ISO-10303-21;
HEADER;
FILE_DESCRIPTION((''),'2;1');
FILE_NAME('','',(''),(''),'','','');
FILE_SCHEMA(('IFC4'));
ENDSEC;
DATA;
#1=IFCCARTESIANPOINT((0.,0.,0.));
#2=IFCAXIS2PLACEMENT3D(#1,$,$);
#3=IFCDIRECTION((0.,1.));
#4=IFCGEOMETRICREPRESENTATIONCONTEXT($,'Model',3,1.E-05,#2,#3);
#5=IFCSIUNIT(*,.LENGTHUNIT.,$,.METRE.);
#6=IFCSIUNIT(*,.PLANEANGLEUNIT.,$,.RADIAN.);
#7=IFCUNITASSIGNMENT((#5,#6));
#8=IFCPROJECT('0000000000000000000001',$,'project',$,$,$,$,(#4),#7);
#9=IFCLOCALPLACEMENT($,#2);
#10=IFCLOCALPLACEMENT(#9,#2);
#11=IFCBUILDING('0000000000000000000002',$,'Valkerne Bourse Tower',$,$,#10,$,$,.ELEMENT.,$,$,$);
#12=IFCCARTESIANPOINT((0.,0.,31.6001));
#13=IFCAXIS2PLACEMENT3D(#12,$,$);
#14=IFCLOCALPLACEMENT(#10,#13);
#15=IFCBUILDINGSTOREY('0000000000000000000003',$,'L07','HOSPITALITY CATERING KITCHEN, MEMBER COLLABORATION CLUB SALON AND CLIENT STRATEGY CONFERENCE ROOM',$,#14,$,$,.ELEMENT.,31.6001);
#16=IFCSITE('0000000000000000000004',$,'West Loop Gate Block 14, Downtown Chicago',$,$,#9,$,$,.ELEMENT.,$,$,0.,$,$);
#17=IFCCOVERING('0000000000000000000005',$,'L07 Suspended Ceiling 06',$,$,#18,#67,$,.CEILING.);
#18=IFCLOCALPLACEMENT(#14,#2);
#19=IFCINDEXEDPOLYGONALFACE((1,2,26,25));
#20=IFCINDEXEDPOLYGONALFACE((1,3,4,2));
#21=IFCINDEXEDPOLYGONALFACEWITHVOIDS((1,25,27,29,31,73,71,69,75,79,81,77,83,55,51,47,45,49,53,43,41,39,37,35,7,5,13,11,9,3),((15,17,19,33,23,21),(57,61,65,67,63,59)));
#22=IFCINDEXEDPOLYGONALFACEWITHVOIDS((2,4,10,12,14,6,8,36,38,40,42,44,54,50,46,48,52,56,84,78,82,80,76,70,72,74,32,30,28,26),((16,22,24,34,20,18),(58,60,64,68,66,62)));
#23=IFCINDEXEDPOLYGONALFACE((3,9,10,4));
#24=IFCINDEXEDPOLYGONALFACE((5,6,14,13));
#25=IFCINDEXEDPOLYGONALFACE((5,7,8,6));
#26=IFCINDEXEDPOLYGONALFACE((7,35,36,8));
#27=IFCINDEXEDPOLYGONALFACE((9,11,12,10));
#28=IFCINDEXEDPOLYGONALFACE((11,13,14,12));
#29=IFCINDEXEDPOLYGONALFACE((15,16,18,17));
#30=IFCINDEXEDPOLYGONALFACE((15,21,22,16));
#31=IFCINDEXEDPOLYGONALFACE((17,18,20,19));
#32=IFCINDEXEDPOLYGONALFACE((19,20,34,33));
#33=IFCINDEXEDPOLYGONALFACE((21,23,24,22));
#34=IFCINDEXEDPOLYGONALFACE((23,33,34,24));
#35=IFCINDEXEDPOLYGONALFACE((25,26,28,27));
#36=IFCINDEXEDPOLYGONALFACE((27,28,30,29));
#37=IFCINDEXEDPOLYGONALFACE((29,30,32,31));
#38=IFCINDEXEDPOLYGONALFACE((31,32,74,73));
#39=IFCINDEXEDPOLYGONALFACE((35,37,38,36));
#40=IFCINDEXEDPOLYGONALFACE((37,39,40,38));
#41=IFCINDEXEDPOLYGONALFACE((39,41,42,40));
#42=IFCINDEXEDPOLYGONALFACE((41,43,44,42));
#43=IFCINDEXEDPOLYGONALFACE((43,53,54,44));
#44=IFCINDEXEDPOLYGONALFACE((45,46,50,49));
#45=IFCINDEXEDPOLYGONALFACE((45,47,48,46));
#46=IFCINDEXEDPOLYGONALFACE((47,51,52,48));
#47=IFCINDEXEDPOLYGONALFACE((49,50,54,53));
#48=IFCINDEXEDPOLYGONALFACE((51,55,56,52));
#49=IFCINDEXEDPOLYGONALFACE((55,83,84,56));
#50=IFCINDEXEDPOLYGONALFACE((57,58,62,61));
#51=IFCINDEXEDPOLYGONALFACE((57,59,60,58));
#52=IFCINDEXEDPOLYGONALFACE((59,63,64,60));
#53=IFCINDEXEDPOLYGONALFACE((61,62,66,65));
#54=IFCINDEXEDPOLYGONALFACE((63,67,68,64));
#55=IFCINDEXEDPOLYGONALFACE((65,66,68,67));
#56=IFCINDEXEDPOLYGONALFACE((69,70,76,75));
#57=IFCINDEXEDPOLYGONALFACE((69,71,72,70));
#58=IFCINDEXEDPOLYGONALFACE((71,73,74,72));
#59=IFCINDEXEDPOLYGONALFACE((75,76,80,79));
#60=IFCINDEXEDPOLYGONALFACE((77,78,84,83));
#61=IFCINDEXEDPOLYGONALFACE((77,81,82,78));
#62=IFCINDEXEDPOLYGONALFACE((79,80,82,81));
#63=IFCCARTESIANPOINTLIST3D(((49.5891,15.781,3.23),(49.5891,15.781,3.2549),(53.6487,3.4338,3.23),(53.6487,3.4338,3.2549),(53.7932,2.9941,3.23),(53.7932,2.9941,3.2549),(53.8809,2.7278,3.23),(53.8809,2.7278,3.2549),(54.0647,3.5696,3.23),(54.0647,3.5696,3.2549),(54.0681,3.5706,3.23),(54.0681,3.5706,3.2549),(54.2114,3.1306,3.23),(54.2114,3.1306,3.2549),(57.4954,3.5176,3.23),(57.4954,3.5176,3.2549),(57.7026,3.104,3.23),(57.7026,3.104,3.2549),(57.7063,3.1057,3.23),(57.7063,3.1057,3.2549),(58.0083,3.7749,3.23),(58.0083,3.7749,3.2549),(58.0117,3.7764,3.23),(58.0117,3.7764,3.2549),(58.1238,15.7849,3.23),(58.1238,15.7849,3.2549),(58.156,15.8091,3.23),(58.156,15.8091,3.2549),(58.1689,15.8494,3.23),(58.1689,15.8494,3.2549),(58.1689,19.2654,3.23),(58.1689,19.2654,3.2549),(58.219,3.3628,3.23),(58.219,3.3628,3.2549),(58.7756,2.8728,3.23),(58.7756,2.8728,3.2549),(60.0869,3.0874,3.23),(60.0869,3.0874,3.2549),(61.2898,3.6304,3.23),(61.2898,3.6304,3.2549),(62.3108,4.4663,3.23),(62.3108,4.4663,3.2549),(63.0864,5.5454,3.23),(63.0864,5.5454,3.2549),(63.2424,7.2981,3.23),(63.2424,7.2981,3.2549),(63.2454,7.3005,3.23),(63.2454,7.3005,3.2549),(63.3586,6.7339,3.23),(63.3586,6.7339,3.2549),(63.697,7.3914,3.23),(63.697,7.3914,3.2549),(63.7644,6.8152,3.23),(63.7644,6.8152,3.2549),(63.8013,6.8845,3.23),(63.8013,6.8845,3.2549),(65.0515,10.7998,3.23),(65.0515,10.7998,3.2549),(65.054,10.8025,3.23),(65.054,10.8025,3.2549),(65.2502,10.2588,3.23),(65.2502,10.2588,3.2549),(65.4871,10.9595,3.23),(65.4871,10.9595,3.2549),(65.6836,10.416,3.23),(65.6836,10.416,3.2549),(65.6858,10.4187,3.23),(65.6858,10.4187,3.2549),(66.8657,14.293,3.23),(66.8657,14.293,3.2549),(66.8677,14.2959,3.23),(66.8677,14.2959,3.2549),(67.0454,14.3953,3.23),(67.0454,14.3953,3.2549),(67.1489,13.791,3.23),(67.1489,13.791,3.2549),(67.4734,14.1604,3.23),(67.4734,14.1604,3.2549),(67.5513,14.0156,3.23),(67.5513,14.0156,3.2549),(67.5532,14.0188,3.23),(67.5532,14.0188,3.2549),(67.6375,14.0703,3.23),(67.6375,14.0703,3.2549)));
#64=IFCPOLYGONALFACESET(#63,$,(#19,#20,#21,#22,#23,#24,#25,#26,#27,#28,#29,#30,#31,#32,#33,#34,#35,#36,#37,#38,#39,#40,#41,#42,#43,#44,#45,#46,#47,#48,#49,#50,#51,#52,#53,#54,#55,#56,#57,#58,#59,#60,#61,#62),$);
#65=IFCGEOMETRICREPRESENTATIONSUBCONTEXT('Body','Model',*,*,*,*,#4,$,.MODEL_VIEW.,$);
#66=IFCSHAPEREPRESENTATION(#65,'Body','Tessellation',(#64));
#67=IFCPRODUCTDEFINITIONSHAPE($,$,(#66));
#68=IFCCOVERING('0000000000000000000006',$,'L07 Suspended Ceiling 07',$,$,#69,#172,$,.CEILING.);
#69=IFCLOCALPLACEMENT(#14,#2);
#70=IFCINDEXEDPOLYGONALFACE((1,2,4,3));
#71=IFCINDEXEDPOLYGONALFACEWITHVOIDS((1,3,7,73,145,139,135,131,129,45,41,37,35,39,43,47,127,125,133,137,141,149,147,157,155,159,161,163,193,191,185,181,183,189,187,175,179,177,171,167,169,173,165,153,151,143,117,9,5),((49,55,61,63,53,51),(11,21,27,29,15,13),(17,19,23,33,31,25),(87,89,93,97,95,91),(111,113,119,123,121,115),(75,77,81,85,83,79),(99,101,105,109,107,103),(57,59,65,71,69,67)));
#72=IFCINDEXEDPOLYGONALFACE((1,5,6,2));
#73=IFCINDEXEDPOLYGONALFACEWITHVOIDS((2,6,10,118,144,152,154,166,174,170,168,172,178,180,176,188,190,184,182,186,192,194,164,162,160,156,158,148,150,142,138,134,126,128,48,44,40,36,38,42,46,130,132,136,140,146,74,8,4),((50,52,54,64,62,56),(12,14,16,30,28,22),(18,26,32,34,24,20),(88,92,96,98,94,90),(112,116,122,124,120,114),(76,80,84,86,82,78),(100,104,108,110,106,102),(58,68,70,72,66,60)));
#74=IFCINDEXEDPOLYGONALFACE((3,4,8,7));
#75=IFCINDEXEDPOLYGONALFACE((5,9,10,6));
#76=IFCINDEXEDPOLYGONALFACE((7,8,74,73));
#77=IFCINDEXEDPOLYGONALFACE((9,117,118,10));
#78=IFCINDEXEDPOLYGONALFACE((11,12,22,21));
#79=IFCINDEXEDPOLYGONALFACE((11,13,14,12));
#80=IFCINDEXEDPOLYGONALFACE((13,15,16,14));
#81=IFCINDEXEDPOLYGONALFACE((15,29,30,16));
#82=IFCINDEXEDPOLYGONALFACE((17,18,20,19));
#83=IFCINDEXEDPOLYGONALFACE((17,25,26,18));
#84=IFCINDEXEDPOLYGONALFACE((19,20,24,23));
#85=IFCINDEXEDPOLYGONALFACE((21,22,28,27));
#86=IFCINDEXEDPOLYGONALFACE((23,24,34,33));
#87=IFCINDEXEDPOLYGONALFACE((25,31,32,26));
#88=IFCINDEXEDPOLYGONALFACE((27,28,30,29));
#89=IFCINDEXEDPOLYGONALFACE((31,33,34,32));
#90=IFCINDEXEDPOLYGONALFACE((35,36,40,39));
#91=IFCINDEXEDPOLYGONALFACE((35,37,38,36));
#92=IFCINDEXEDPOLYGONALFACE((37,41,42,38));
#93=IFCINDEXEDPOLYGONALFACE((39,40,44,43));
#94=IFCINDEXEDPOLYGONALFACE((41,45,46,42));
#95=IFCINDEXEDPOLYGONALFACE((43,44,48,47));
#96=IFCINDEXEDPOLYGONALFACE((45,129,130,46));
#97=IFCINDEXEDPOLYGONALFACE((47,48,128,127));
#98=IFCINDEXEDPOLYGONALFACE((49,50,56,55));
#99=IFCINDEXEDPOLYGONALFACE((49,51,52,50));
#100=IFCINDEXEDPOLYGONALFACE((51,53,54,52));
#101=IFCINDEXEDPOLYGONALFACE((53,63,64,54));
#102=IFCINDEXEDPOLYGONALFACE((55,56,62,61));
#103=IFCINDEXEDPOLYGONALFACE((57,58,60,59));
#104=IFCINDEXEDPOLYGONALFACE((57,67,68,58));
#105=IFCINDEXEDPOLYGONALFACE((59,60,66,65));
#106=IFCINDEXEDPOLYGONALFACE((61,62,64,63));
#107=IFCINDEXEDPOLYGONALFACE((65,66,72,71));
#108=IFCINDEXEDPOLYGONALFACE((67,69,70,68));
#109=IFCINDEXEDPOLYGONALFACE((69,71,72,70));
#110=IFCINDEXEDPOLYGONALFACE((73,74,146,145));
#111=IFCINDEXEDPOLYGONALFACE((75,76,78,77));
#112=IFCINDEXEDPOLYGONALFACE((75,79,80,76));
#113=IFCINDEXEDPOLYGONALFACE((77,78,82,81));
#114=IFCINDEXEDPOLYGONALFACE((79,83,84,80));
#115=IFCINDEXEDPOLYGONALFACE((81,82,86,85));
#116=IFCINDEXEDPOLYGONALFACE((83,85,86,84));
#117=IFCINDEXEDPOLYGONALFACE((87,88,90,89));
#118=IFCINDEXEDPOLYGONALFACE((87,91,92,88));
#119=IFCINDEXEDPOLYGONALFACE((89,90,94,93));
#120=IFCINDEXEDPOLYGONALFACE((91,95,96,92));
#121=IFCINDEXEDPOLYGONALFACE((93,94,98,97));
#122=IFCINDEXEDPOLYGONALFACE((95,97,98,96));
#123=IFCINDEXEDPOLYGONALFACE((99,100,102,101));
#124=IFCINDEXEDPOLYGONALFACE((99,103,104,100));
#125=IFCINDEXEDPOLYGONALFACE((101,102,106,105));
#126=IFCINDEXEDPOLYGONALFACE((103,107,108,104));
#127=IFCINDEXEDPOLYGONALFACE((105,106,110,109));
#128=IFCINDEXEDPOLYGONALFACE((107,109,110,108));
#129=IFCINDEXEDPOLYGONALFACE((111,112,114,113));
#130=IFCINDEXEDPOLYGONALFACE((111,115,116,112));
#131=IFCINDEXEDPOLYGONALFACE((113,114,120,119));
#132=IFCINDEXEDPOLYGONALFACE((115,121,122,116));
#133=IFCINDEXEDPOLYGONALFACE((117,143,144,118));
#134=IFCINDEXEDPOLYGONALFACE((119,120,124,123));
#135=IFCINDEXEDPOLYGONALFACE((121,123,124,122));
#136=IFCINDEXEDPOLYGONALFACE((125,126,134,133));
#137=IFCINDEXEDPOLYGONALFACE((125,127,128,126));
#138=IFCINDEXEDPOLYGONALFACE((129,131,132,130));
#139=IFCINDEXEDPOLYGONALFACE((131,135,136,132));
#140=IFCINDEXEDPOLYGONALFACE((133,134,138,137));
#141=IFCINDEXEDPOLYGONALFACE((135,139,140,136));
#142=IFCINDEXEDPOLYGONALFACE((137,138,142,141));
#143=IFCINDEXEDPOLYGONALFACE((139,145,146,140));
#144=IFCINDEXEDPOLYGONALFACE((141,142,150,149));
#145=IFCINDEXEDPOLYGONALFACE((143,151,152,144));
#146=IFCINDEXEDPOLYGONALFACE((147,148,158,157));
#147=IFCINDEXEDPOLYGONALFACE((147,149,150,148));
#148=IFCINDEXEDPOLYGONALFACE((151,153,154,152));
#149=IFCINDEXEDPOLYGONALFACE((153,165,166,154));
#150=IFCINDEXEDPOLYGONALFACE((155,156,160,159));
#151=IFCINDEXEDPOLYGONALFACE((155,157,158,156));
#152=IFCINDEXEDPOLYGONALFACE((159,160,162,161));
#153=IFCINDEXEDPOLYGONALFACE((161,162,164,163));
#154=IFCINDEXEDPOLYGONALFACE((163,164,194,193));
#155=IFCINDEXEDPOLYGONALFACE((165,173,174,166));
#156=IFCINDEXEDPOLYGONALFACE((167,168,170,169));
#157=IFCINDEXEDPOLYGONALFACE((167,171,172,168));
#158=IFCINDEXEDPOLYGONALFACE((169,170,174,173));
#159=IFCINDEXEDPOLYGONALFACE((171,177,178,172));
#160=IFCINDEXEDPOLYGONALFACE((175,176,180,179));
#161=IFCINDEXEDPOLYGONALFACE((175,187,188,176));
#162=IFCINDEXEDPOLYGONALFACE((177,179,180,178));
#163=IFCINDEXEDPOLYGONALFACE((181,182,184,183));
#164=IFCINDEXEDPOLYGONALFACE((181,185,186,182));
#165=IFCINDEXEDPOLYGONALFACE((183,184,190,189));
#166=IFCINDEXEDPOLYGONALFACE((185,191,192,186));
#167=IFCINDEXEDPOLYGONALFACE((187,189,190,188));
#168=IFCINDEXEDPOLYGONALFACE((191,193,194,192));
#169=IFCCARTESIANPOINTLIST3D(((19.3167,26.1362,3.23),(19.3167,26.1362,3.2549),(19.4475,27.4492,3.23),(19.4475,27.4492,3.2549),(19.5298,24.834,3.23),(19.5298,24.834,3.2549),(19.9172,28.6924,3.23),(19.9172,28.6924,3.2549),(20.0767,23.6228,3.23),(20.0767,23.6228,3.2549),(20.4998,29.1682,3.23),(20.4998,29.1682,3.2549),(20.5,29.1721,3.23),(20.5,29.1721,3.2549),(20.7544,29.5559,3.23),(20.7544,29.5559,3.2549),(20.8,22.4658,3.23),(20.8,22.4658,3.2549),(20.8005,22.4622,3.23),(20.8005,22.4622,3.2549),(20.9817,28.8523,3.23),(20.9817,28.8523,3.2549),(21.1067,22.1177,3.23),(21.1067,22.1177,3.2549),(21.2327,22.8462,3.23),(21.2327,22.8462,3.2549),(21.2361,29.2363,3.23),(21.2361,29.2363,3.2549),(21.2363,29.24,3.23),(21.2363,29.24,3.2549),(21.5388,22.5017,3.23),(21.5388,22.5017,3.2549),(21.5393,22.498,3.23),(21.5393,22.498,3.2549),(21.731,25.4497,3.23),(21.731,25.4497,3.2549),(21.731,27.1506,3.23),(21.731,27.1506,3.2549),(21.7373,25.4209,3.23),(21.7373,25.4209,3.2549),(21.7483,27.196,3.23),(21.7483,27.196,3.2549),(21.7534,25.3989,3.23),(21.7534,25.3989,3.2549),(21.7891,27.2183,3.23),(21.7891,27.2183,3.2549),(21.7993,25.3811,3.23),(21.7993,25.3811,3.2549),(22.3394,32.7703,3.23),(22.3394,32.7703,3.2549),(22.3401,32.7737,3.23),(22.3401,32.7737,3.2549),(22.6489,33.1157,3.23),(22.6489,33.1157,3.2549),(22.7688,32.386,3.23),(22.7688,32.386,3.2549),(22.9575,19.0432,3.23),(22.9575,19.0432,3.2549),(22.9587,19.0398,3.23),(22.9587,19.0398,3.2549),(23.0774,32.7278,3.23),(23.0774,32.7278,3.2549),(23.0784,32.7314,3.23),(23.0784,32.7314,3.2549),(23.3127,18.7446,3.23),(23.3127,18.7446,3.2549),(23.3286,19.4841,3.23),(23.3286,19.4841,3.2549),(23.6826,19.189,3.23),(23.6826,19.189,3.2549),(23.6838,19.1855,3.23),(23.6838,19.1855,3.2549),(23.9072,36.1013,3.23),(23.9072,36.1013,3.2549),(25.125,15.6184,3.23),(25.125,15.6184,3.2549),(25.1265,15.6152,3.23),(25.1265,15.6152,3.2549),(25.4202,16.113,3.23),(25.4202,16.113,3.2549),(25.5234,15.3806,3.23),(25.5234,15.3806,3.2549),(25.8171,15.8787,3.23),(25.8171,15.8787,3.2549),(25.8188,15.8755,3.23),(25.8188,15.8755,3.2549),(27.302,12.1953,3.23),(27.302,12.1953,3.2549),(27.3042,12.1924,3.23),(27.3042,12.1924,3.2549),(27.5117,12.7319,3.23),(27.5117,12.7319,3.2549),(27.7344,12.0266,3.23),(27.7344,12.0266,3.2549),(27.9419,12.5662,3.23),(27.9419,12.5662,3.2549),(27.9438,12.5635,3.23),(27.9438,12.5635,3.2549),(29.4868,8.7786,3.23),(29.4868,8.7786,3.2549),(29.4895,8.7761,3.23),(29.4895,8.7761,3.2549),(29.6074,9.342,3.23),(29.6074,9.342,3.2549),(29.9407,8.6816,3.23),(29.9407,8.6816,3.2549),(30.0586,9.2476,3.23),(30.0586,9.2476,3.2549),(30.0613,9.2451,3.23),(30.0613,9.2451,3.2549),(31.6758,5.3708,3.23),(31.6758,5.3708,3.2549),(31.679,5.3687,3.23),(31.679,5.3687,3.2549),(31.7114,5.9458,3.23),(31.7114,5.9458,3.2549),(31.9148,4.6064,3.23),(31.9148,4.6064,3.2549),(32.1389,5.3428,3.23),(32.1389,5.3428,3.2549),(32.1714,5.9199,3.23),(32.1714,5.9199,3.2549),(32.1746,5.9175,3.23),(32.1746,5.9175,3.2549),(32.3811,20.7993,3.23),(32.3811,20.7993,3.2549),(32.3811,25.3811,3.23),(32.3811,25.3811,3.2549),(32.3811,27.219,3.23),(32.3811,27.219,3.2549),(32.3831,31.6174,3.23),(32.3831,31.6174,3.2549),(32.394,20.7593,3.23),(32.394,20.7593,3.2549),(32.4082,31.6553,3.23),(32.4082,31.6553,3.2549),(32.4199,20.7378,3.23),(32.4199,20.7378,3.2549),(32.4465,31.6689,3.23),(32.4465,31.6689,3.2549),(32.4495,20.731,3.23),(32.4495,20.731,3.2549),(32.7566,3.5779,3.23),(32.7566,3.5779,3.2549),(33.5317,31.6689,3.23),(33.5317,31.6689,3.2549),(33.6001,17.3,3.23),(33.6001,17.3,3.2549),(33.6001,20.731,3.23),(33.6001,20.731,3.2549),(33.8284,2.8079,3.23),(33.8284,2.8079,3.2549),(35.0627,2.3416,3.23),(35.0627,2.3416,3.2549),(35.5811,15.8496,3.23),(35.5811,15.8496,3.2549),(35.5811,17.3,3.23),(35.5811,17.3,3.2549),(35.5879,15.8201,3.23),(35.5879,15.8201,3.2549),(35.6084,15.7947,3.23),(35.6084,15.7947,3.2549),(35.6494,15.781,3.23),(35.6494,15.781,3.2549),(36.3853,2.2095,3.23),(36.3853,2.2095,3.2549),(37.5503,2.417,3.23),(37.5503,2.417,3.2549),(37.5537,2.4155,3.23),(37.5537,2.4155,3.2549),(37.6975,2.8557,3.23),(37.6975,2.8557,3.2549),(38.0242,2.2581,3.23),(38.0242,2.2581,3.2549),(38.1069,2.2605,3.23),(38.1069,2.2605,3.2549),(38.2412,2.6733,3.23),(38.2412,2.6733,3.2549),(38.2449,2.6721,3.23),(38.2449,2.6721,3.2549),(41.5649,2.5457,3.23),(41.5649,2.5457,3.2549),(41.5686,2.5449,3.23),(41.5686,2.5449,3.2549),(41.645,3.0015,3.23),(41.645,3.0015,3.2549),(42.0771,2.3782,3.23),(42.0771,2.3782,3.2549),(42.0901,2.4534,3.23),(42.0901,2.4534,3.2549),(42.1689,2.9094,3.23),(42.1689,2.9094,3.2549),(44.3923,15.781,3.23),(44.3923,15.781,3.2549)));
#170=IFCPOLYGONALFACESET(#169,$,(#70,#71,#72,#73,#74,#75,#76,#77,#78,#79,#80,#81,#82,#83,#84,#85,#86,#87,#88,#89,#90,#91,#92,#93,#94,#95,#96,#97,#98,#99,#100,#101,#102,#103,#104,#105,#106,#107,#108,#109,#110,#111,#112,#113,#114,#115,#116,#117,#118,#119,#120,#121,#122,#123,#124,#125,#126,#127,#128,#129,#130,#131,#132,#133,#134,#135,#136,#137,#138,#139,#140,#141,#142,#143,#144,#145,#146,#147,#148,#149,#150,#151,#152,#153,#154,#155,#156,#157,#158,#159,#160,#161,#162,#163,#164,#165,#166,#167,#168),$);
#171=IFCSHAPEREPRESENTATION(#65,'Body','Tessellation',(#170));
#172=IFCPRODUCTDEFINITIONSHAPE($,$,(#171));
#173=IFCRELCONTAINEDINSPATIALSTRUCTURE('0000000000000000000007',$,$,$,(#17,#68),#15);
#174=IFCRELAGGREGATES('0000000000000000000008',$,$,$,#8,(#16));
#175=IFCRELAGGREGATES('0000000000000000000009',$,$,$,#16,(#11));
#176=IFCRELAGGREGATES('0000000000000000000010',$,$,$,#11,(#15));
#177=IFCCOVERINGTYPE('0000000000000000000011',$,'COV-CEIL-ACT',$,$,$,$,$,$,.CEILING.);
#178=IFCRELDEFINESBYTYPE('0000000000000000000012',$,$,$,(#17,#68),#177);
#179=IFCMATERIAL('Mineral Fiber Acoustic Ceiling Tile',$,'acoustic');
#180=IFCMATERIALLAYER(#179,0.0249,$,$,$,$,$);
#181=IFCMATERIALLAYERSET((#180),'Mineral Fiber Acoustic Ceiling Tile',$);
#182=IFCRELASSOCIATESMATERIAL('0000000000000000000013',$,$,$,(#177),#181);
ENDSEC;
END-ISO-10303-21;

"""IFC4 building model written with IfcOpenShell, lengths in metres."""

from ifc_helpers import new_model, si_unit, direction, frame, origin, place, context, subcontext, project, spatial, polyline, outline, extrude, material, layer, layer_set, type_object, element, save


model = new_model("IFC4")

# Units and contexts
model_context = context("Model", 3, precision=1e-05, world=origin(), true_north=direction((0.0, 1.0)))
body_context = subcontext(model_context, "Body", "Model", "MODEL_VIEW")
ifc_project = project(units=[si_unit("LENGTHUNIT", "METRE"), si_unit("PLANEANGLEUNIT", "RADIAN")], contexts=[model_context])

# Site, building, storey
site_placement = place(None, origin())
site = spatial("IfcSite", under=ifc_project, at=site_placement, Name="West Loop Gate Block 14, Downtown Chicago", CompositionType="ELEMENT", RefElevation=0.0)
building_placement = place(site_placement, origin())
building = spatial("IfcBuilding", under=site, at=building_placement, Name="Valkerne Bourse Tower", CompositionType="ELEMENT")
storey_placement = place(building_placement, frame((0.0, 0.0, 31.6001)))
storey = spatial("IfcBuildingStorey", under=building, at=storey_placement, Name="L07", Description="HOSPITALITY CATERING KITCHEN, MEMBER COLLABORATION CLUB SALON AND CLIENT STRATEGY CONFERENCE ROOM", CompositionType="ELEMENT", Elevation=31.6001)

# Coverings
ifc_material_1 = material(Name="Mineral Fiber Acoustic Ceiling Tile", Category="acoustic")
ifc_layer_1 = layer(ifc_material_1, 0.0249)
ifc_layer_set_1 = layer_set([ifc_layer_1], Name="Mineral Fiber Acoustic Ceiling Tile")
covering_type_1 = type_object("IfcCoveringType", Name="COV-CEIL-ACT", PredefinedType="CEILING", material=ifc_layer_set_1)
covering_1_placement = place(storey_placement, frame((0.0, 0.0, 3.23)))
element("IfcCovering", 1, at=covering_1_placement, inside=storey, type_object=covering_type_1, Name="L07 Suspended Ceiling 06", PredefinedType="CEILING", context=body_context, shape_type="SweptSolid", body=[
    extrude(outline(polyline([(60.0869, 3.0874), (58.7756, 2.8728), (53.8809, 2.7278), (53.7932, 2.9941), (54.2114, 3.1306), (54.0681, 3.5706), (54.0647, 3.5696), (53.6487, 3.4338), (49.5891, 15.781), (58.1238, 15.7849), (58.156, 15.8091), (58.1689, 15.8494), (58.1689, 19.2654), (67.0454, 14.3953), (66.8677, 14.2959), (66.8657, 14.293), (67.1489, 13.791), (67.5513, 14.0156), (67.5532, 14.0188), (67.4734, 14.1604), (67.6375, 14.0703), (63.8013, 6.8845), (63.697, 7.3914), (63.2454, 7.3005), (63.2424, 7.2981), (63.3586, 6.7339), (63.7644, 6.8152), (63.0864, 5.5454), (62.3108, 4.4663), (61.2898, 3.6304), (60.0869, 3.0874)]), holes=[polyline([(58.219, 3.3628), (58.0117, 3.7764), (58.0083, 3.7749), (57.4954, 3.5176), (57.7026, 3.104), (57.7063, 3.1057), (58.219, 3.3628)]), polyline([(65.6836, 10.416), (65.6858, 10.4187), (65.4871, 10.9595), (65.054, 10.8025), (65.0515, 10.7998), (65.2502, 10.2588), (65.6836, 10.416)])]), origin(), (0.0, 0.0, 1.0), 0.0249),
])
covering_2_placement = place(storey_placement, frame((0.0, 0.0, 3.23)))
element("IfcCovering", 2, at=covering_2_placement, inside=storey, type_object=covering_type_1, Name="L07 Suspended Ceiling 07", PredefinedType="CEILING", context=body_context, shape_type="SweptSolid", body=[
    extrude(outline(polyline([(33.8284, 2.8079), (32.7566, 3.5779), (31.9148, 4.6064), (20.0767, 23.6228), (19.5298, 24.834), (19.3167, 26.1362), (19.4475, 27.4492), (19.9172, 28.6924), (23.9072, 36.1013), (33.5317, 31.6689), (32.4465, 31.6689), (32.4082, 31.6553), (32.3831, 31.6174), (32.3811, 27.219), (21.7891, 27.2183), (21.7483, 27.196), (21.731, 27.1506), (21.731, 25.4497), (21.7373, 25.4209), (21.7534, 25.3989), (21.7993, 25.3811), (32.3811, 25.3811), (32.3811, 20.7993), (32.394, 20.7593), (32.4199, 20.7378), (32.4495, 20.731), (33.6001, 20.731), (33.6001, 17.3), (35.5811, 17.3), (35.5811, 15.8496), (35.5879, 15.8201), (35.6084, 15.7947), (35.6494, 15.781), (44.3923, 15.781), (42.1689, 2.9094), (41.645, 3.0015), (41.5649, 2.5457), (41.5686, 2.5449), (42.0901, 2.4534), (42.0771, 2.3782), (38.1069, 2.2605), (38.2449, 2.6721), (38.2412, 2.6733), (37.6975, 2.8557), (37.5503, 2.417), (37.5537, 2.4155), (38.0242, 2.2581), (36.3853, 2.2095), (35.0627, 2.3416), (33.8284, 2.8079)]), holes=[polyline([(32.1714, 5.9199), (31.7114, 5.9458), (31.6758, 5.3708), (31.679, 5.3687), (32.1389, 5.3428), (32.1746, 5.9175), (32.1714, 5.9199)]), polyline([(30.0586, 9.2476), (29.6074, 9.342), (29.4868, 8.7786), (29.4895, 8.7761), (29.9407, 8.6816), (30.0613, 9.2451), (30.0586, 9.2476)]), polyline([(27.9438, 12.5635), (27.9419, 12.5662), (27.5117, 12.7319), (27.302, 12.1953), (27.3042, 12.1924), (27.7344, 12.0266), (27.9438, 12.5635)]), polyline([(25.8188, 15.8755), (25.8171, 15.8787), (25.4202, 16.113), (25.125, 15.6184), (25.1265, 15.6152), (25.5234, 15.3806), (25.8188, 15.8755)]), polyline([(23.6826, 19.189), (23.3286, 19.4841), (22.9575, 19.0432), (22.9587, 19.0398), (23.3127, 18.7446), (23.6838, 19.1855), (23.6826, 19.189)]), polyline([(21.5393, 22.498), (21.5388, 22.5017), (21.2327, 22.8462), (20.8, 22.4658), (20.8005, 22.4622), (21.1067, 22.1177), (21.5393, 22.498)]), polyline([(21.2363, 29.24), (20.7544, 29.5559), (20.5, 29.1721), (20.4998, 29.1682), (20.9817, 28.8523), (21.2361, 29.2363), (21.2363, 29.24)]), polyline([(23.0774, 32.7278), (23.0784, 32.7314), (22.6489, 33.1157), (22.3401, 32.7737), (22.3394, 32.7703), (22.7688, 32.386), (23.0774, 32.7278)])]), origin(), (0.0, 0.0, 1.0), 0.0249),
])

save(model, "model.ifc")
